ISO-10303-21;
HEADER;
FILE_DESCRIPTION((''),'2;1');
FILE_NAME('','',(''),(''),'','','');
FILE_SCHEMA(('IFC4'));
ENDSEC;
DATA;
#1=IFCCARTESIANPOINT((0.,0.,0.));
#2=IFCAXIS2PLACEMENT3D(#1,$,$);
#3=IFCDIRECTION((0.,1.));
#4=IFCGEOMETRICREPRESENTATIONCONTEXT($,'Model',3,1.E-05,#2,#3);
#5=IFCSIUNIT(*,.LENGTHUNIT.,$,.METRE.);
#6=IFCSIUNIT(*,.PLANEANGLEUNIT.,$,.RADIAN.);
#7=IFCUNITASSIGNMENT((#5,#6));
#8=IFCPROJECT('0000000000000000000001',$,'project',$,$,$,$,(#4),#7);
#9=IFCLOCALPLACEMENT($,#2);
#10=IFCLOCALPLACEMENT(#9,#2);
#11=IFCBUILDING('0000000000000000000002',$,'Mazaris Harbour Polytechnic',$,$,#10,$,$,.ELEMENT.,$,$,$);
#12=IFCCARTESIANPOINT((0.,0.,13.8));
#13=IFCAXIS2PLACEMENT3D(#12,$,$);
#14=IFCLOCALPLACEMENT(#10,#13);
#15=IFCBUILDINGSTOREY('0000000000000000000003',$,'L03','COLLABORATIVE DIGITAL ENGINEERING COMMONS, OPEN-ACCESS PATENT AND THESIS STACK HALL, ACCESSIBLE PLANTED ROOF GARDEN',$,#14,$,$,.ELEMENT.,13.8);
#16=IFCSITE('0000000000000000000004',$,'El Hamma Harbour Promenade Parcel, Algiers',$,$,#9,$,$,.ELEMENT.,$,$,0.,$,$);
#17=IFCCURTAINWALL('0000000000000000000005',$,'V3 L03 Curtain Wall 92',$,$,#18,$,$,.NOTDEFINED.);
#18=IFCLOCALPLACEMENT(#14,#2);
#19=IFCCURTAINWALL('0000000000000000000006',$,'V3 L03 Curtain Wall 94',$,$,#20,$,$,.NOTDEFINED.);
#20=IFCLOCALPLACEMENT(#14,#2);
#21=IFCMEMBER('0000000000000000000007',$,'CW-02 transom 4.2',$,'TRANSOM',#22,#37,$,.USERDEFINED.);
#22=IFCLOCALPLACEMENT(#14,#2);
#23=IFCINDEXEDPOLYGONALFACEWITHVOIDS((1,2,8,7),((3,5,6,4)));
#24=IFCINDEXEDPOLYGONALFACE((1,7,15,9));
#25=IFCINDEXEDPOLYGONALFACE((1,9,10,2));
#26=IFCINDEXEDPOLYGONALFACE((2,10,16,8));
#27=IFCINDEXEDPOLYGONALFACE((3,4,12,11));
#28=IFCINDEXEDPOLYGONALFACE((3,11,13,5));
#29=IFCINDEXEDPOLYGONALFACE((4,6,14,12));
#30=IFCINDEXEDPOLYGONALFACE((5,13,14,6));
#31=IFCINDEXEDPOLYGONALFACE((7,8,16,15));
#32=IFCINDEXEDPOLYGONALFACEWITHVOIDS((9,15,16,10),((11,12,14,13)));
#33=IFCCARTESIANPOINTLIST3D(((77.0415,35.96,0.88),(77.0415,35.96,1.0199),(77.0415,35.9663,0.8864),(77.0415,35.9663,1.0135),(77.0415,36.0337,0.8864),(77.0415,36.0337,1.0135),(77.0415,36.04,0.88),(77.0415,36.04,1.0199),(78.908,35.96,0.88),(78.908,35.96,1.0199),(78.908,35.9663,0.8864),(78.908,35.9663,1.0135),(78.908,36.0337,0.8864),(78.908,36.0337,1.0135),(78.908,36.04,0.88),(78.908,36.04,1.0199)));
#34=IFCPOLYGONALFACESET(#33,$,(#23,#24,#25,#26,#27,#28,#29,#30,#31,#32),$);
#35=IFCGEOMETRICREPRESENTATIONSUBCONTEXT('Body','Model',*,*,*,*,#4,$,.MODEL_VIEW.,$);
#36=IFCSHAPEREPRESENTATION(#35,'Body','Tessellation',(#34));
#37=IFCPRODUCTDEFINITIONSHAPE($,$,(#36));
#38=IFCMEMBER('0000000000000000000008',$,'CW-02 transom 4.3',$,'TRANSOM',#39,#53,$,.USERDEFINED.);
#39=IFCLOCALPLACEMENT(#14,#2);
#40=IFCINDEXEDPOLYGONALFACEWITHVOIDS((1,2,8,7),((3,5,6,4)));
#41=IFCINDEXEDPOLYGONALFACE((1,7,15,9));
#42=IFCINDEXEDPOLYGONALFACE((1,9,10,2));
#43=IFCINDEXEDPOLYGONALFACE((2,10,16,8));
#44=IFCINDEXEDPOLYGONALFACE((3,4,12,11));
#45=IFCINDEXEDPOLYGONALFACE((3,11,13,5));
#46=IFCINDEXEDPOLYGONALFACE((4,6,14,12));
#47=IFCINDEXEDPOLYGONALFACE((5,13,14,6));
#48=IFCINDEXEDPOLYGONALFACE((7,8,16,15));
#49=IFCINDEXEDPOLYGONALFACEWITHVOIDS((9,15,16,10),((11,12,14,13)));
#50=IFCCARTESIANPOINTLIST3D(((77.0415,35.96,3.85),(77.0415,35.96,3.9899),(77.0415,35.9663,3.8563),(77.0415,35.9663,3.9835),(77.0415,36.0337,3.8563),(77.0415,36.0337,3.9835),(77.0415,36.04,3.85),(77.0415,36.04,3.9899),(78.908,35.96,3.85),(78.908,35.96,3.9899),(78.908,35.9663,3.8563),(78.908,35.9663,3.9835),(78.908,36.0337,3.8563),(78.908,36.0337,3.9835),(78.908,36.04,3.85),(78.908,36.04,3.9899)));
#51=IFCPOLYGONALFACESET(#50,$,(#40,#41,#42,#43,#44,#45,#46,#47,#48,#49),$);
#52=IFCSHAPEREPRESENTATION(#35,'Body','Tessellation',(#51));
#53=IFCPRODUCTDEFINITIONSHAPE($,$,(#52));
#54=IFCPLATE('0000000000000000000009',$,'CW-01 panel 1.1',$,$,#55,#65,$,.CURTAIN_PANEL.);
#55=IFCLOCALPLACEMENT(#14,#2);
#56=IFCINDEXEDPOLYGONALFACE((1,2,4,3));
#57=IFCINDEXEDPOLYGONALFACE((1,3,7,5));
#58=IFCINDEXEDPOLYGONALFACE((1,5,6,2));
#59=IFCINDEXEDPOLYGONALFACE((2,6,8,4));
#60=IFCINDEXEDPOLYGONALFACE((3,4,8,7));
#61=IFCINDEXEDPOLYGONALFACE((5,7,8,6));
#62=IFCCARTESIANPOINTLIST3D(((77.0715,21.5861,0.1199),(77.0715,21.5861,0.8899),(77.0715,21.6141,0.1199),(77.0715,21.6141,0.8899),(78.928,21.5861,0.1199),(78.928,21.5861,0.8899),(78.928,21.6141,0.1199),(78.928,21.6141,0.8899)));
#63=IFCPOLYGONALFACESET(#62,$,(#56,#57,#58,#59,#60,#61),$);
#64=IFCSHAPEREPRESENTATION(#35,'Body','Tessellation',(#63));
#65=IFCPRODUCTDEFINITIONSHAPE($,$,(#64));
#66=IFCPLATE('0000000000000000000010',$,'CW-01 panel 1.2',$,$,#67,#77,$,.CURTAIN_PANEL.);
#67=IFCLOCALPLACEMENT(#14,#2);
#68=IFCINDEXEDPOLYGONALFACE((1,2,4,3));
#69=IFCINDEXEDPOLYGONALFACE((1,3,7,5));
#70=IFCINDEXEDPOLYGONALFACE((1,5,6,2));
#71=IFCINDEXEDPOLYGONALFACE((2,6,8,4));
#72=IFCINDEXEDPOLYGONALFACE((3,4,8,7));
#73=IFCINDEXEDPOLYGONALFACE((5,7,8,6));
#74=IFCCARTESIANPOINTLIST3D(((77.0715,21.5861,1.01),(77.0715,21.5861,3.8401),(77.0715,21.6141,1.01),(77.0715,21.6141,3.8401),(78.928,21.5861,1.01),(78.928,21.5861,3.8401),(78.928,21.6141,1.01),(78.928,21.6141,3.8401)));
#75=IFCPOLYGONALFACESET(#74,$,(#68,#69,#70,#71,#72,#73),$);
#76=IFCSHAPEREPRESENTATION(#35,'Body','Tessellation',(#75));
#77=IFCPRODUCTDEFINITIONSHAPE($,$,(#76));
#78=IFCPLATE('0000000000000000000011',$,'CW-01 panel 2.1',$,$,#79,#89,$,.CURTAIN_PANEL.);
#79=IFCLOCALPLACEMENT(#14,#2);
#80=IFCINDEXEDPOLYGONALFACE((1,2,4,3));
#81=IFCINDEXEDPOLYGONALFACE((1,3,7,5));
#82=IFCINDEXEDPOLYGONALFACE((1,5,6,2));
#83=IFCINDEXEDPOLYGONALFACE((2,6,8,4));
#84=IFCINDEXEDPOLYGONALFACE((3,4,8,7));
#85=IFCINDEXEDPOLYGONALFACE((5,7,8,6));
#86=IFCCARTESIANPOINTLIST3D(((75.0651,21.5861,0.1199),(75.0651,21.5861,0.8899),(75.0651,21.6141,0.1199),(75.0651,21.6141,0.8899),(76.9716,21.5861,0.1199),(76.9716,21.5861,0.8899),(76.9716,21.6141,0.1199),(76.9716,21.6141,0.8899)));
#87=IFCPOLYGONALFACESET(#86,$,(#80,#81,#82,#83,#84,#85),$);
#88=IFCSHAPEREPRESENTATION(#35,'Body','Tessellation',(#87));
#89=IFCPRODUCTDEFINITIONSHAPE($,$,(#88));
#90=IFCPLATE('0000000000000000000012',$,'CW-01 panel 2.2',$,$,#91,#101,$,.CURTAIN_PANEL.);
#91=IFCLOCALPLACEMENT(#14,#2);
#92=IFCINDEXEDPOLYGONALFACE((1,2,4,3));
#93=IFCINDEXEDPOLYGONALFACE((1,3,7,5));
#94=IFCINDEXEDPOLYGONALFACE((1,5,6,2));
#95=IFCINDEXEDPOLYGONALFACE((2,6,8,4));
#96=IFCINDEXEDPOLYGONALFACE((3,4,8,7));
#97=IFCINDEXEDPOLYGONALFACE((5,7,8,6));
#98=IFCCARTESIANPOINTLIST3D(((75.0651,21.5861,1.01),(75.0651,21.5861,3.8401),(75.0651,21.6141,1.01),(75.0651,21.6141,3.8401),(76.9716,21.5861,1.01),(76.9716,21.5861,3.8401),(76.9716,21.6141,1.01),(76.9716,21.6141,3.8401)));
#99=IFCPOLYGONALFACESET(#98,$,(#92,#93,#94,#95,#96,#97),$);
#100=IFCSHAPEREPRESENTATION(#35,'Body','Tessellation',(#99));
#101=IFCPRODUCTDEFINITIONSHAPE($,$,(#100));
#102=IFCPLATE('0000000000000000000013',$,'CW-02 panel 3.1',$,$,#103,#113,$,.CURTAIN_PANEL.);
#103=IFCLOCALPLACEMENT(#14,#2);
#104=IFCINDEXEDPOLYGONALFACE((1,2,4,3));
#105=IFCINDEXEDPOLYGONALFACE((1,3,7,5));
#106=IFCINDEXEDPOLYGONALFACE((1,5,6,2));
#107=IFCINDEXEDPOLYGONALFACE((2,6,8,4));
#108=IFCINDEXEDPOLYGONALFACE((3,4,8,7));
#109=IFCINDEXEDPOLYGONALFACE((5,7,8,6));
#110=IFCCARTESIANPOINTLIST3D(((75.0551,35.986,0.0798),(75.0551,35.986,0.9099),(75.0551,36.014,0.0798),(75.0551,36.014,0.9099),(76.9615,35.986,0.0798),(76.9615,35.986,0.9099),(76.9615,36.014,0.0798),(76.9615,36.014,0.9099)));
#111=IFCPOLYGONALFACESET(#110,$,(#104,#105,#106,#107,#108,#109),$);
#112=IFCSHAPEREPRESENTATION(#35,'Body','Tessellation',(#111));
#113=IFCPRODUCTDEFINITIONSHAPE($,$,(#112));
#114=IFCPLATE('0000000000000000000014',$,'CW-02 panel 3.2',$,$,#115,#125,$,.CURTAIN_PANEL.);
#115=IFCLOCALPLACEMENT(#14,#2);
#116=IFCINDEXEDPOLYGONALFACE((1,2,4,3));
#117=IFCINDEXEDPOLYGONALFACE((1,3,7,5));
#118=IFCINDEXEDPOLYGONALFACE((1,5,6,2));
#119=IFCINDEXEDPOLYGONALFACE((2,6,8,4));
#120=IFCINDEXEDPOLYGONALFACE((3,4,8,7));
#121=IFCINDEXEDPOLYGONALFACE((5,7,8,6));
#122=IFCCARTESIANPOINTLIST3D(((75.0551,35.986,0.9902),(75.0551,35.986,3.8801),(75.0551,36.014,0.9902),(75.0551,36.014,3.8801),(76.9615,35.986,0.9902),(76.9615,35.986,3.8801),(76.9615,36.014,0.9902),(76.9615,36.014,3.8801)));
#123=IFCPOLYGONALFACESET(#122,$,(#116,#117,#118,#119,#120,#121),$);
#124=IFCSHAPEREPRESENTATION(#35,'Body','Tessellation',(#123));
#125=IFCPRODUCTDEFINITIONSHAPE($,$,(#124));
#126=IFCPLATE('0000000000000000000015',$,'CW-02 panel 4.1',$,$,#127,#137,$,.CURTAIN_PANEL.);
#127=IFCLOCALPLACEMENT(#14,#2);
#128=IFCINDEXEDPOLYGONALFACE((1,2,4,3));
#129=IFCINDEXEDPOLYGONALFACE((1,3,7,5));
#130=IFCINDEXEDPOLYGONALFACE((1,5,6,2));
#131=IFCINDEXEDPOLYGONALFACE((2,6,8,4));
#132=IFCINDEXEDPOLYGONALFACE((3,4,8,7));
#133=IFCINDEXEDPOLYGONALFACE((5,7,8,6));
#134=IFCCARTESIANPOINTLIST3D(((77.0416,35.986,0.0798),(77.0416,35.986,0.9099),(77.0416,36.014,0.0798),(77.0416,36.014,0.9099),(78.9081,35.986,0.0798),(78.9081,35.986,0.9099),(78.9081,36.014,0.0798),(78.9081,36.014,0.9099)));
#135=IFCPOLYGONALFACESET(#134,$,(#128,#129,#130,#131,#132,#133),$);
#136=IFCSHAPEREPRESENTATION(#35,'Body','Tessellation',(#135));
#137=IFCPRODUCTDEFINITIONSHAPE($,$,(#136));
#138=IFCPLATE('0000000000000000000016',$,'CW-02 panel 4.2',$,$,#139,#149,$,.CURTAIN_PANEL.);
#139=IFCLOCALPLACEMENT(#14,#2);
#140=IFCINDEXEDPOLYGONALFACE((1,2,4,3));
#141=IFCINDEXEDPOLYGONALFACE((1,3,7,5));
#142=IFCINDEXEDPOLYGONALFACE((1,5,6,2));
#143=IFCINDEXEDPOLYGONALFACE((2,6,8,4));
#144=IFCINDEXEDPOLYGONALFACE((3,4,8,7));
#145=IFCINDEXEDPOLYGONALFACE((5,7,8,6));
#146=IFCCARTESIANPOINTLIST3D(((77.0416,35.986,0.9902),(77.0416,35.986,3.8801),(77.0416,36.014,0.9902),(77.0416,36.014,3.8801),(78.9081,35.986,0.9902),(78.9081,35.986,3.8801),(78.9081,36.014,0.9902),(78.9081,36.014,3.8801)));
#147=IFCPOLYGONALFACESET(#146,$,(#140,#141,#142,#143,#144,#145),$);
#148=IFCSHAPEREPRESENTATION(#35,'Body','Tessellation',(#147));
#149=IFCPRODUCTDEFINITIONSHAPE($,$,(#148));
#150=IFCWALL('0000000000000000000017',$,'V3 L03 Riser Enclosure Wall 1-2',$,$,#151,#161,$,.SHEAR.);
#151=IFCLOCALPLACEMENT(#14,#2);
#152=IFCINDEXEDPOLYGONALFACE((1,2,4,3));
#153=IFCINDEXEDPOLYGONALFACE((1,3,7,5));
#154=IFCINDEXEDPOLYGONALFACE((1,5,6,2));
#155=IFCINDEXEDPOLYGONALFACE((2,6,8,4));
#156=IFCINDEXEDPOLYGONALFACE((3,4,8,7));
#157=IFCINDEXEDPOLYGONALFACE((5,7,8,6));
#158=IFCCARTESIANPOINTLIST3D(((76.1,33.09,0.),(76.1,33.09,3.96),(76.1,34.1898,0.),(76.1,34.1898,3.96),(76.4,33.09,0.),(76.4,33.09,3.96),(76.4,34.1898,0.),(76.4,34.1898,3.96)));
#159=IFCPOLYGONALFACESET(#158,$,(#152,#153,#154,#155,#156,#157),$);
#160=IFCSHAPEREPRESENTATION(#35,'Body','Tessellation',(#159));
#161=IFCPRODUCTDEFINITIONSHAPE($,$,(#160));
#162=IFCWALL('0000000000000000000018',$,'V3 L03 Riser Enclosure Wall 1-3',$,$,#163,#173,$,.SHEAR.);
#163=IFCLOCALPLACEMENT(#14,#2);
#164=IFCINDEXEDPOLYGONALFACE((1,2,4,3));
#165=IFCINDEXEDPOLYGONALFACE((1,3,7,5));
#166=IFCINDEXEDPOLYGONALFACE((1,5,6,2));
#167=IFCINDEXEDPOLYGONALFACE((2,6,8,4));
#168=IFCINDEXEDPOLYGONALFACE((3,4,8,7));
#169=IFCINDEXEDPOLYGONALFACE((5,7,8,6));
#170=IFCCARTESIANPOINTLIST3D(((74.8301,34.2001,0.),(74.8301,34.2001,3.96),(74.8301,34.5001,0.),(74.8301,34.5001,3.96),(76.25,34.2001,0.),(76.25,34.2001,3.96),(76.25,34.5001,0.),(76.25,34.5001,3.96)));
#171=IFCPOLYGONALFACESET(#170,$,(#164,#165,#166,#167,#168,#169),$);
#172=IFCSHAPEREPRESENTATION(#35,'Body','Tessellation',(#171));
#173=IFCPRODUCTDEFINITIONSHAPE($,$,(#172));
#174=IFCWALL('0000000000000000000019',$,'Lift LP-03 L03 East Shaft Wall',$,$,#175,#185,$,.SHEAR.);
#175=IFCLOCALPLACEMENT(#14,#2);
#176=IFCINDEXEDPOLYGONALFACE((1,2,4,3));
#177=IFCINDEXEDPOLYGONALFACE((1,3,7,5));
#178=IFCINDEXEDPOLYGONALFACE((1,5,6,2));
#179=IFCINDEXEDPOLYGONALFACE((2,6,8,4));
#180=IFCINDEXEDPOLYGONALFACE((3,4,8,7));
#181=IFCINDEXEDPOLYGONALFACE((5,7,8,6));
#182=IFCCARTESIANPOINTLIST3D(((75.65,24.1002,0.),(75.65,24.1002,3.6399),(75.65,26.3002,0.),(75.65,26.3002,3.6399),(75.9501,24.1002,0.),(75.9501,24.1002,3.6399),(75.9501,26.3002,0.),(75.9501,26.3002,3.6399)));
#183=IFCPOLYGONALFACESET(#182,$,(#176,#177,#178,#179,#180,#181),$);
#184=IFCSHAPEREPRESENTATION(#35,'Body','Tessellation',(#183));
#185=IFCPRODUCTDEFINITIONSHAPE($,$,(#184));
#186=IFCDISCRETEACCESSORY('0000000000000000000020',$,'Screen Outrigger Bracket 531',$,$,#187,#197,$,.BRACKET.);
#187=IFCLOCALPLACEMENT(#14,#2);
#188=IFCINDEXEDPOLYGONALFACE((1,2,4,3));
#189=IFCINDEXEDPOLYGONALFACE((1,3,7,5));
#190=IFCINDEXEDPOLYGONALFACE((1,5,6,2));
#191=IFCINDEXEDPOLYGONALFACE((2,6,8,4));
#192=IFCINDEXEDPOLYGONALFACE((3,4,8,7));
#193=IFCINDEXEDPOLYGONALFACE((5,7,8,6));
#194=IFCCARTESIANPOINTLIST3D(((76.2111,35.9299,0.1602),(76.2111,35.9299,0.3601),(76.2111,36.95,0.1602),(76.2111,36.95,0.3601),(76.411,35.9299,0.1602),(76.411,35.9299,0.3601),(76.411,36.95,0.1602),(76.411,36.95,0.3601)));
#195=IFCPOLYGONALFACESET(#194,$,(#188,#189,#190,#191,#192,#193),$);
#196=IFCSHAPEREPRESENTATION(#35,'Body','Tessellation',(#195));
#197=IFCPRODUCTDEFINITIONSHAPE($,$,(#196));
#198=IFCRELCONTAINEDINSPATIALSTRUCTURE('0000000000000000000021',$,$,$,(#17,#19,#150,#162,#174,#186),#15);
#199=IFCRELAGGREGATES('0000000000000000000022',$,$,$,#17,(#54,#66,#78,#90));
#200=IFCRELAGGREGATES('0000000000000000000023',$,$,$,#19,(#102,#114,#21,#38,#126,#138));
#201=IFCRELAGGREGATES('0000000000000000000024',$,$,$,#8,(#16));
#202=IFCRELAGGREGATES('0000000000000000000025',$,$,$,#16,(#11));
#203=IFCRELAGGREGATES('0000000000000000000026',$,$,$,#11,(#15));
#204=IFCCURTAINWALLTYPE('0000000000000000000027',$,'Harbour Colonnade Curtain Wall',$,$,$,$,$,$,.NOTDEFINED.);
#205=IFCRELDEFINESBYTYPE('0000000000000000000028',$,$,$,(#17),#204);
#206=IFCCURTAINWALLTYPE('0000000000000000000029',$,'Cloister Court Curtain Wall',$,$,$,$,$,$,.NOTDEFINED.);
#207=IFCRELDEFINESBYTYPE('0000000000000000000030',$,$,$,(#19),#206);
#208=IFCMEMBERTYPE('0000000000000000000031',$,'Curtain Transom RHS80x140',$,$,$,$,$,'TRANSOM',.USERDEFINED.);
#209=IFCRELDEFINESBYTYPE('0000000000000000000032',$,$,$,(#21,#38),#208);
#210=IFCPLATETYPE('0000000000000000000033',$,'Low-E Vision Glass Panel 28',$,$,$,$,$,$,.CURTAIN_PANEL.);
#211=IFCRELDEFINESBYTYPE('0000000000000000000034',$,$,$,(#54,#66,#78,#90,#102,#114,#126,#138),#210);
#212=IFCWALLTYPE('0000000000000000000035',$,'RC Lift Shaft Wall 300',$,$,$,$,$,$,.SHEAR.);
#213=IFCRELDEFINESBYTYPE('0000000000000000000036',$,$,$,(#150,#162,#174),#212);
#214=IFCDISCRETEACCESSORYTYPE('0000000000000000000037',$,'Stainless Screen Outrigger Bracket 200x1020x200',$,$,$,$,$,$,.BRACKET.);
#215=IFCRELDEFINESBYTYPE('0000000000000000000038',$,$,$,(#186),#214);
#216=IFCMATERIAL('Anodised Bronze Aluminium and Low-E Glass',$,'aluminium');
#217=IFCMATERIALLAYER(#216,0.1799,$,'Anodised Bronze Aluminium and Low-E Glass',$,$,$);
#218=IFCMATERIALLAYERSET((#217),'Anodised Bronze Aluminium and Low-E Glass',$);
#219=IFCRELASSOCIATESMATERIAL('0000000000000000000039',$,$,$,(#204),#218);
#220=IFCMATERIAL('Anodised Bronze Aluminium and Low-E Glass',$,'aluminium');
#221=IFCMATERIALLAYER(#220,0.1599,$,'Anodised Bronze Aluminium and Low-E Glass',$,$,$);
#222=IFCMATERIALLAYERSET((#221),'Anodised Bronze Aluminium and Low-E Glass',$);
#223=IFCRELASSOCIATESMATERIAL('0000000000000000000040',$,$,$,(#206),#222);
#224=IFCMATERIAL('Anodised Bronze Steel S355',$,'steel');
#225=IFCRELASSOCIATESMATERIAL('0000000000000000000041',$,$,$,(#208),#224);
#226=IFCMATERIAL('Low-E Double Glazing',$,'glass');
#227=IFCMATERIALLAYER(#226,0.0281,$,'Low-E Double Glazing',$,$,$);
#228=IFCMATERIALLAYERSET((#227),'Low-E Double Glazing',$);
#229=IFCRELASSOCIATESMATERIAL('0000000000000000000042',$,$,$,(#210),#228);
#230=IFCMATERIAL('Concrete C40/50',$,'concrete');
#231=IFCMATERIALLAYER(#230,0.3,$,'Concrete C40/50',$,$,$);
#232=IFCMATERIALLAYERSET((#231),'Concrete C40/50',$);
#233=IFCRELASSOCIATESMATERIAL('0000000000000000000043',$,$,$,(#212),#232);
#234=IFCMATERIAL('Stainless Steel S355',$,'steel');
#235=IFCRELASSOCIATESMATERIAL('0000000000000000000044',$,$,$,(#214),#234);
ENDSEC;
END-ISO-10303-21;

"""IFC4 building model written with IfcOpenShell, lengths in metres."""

from ifc_helpers import new_model, si_unit, direction, frame, frame_2d, origin, origin_2d, place, context, subcontext, project, spatial, rectangle, hollow_rectangle, extrude, material, layer, layer_set, material_profile, profile_set, type_object, element, aggregate, save


model = new_model("IFC4")

# Units and contexts
model_context = context("Model", 3, precision=1e-05, world=origin(), true_north=direction((0.0, 1.0)))
body_context = subcontext(model_context, "Body", "Model", "MODEL_VIEW")
ifc_project = project(units=[si_unit("LENGTHUNIT", "METRE"), si_unit("PLANEANGLEUNIT", "RADIAN")], contexts=[model_context])

# Site, building, storey
site_placement = place(None, origin())
site = spatial("IfcSite", under=ifc_project, at=site_placement, Name="El Hamma Harbour Promenade Parcel, Algiers", CompositionType="ELEMENT", RefElevation=0.0)
building_placement = place(site_placement, origin())
building = spatial("IfcBuilding", under=site, at=building_placement, Name="Mazaris Harbour Polytechnic", CompositionType="ELEMENT")
storey_placement = place(building_placement, frame((0.0, 0.0, 13.8)))
storey = spatial("IfcBuildingStorey", under=building, at=storey_placement, Name="L03", Description="COLLABORATIVE DIGITAL ENGINEERING COMMONS, OPEN-ACCESS PATENT AND THESIS STACK HALL, ACCESSIBLE PLANTED ROOF GARDEN", CompositionType="ELEMENT", Elevation=13.8)

# Curtain walls
ifc_material_1 = material(Name="Anodised Bronze Aluminium and Low-E Glass", Category="aluminium")
ifc_layer_1 = layer(ifc_material_1, 0.1799, Name="Anodised Bronze Aluminium and Low-E Glass")
ifc_layer_set_1 = layer_set([ifc_layer_1], Name="Anodised Bronze Aluminium and Low-E Glass")
curtain_wall_type_1 = type_object("IfcCurtainWallType", Name="Harbour Colonnade Curtain Wall", PredefinedType="NOTDEFINED", material=ifc_layer_set_1)
curtain_wall_1_placement = place(storey_placement, origin())
curtain_wall_1 = element("IfcCurtainWall", 1, at=curtain_wall_1_placement, inside=storey, type_object=curtain_wall_type_1, Name="V3 L03 Curtain Wall 92", PredefinedType="NOTDEFINED")
ifc_material_2 = material(Name="Anodised Bronze Aluminium and Low-E Glass", Category="aluminium")
ifc_layer_2 = layer(ifc_material_2, 0.1599, Name="Anodised Bronze Aluminium and Low-E Glass")
ifc_layer_set_2 = layer_set([ifc_layer_2], Name="Anodised Bronze Aluminium and Low-E Glass")
curtain_wall_type_2 = type_object("IfcCurtainWallType", Name="Cloister Court Curtain Wall", PredefinedType="NOTDEFINED", material=ifc_layer_set_2)
curtain_wall_2_placement = place(storey_placement, origin())
curtain_wall_2 = element("IfcCurtainWall", 2, at=curtain_wall_2_placement, inside=storey, type_object=curtain_wall_type_2, Name="V3 L03 Curtain Wall 94", PredefinedType="NOTDEFINED")

# Members
ifc_material_3 = material(Name="Anodised Bronze Steel S355", Category="steel")
ifc_material_profile_1 = material_profile(ifc_material_3, hollow_rectangle(XDim=0.0801, YDim=0.1399, WallThickness=0.0063, at=origin_2d()), Name="RHS 80x140x6.3")
ifc_profile_set_1 = profile_set([ifc_material_profile_1], Name="Anodised Bronze Steel S355")
member_type_1 = type_object("IfcMemberType", Name="Curtain Transom RHS80x140", ElementType="TRANSOM", PredefinedType="USERDEFINED", material=ifc_profile_set_1)
member_1_placement = place(storey_placement, frame((77.0415, 36.0, 0.95), z_axis=(1.0, 0.0, 0.0), x_axis=(0.0, 1.0, 0.0)))
member_1 = element("IfcMember", 3, at=member_1_placement, type_object=member_type_1, Name="CW-02 transom 4.2", ObjectType="TRANSOM", PredefinedType="USERDEFINED", context=body_context, shape_type="SweptSolid", body=[
    extrude(hollow_rectangle(XDim=0.0801, YDim=0.1399, WallThickness=0.0063, at=origin_2d()), origin(), (0.0, 0.0, 1.0), 1.8665),
])
member_2_placement = place(storey_placement, frame((77.0415, 36.0, 3.9199), z_axis=(1.0, 0.0, 0.0), x_axis=(0.0, 1.0, 0.0)))
member_2 = element("IfcMember", 4, at=member_2_placement, type_object=member_type_1, Name="CW-02 transom 4.3", ObjectType="TRANSOM", PredefinedType="USERDEFINED", context=body_context, shape_type="SweptSolid", body=[
    extrude(hollow_rectangle(XDim=0.0801, YDim=0.1399, WallThickness=0.0063, at=origin_2d()), origin(), (0.0, 0.0, 1.0), 1.8665),
])

# Plates
ifc_material_4 = material(Name="Low-E Double Glazing", Category="glass")
ifc_layer_3 = layer(ifc_material_4, 0.0281, Name="Low-E Double Glazing")
ifc_layer_set_3 = layer_set([ifc_layer_3], Name="Low-E Double Glazing")
plate_type = type_object("IfcPlateType", Name="Low-E Vision Glass Panel 28", PredefinedType="CURTAIN_PANEL", material=ifc_layer_set_3)
plate_1_placement = place(storey_placement, frame((77.9998, 21.6001, 0.1199), z_axis=(0.0, 0.0, 1.0), x_axis=(-1.0, 0.0, 0.0)))
plate_1 = element("IfcPlate", 5, at=plate_1_placement, type_object=plate_type, Name="CW-01 panel 1.1", PredefinedType="CURTAIN_PANEL", context=body_context, shape_type="SweptSolid", body=[
    extrude(rectangle(XDim=1.8564, YDim=0.0281, at=origin_2d()), origin(), (0.0, 0.0, 1.0), 0.77),
])
plate_2_placement = place(storey_placement, frame((77.9998, 21.6001, 1.01), z_axis=(0.0, 0.0, 1.0), x_axis=(-1.0, 0.0, 0.0)))
plate_2 = element("IfcPlate", 6, at=plate_2_placement, type_object=plate_type, Name="CW-01 panel 1.2", PredefinedType="CURTAIN_PANEL", context=body_context, shape_type="SweptSolid", body=[
    extrude(rectangle(XDim=1.8564, YDim=0.0281, at=origin_2d()), origin(), (0.0, 0.0, 1.0), 2.8301),
])
plate_3_placement = place(storey_placement, frame((76.0183, 21.6001, 0.1199), z_axis=(0.0, 0.0, 1.0), x_axis=(-1.0, 0.0, 0.0)))
plate_3 = element("IfcPlate", 7, at=plate_3_placement, type_object=plate_type, Name="CW-01 panel 2.1", PredefinedType="CURTAIN_PANEL", context=body_context, shape_type="SweptSolid", body=[
    extrude(rectangle(XDim=1.9065, YDim=0.0281, at=origin_2d()), origin(), (0.0, 0.0, 1.0), 0.77),
])
plate_4_placement = place(storey_placement, frame((76.0183, 21.6001, 1.01), z_axis=(0.0, 0.0, 1.0), x_axis=(-1.0, 0.0, 0.0)))
plate_4 = element("IfcPlate", 8, at=plate_4_placement, type_object=plate_type, Name="CW-01 panel 2.2", PredefinedType="CURTAIN_PANEL", context=body_context, shape_type="SweptSolid", body=[
    extrude(rectangle(XDim=1.9065, YDim=0.0281, at=origin_2d()), origin(), (0.0, 0.0, 1.0), 2.8301),
])
aggregate(curtain_wall_1, [plate_1, plate_2, plate_3, plate_4])
plate_5_placement = place(storey_placement, frame((76.0083, 36.0, 0.0798), z_axis=(0.0, 0.0, 1.0), x_axis=(1.0, 0.0, 0.0)))
plate_5 = element("IfcPlate", 9, at=plate_5_placement, type_object=plate_type, Name="CW-02 panel 3.1", PredefinedType="CURTAIN_PANEL", context=body_context, shape_type="SweptSolid", body=[
    extrude(rectangle(XDim=1.9065, YDim=0.0281, at=origin_2d()), origin(), (0.0, 0.0, 1.0), 0.8301),
])
plate_6_placement = place(storey_placement, frame((76.0083, 36.0, 0.9902), z_axis=(0.0, 0.0, 1.0), x_axis=(1.0, 0.0, 0.0)))
plate_6 = element("IfcPlate", 10, at=plate_6_placement, type_object=plate_type, Name="CW-02 panel 3.2", PredefinedType="CURTAIN_PANEL", context=body_context, shape_type="SweptSolid", body=[
    extrude(rectangle(XDim=1.9065, YDim=0.0281, at=origin_2d()), origin(), (0.0, 0.0, 1.0), 2.8899),
])
plate_7_placement = place(storey_placement, frame((77.9749, 36.0, 0.0798), z_axis=(0.0, 0.0, 1.0), x_axis=(1.0, 0.0, 0.0)))
plate_7 = element("IfcPlate", 11, at=plate_7_placement, type_object=plate_type, Name="CW-02 panel 4.1", PredefinedType="CURTAIN_PANEL", context=body_context, shape_type="SweptSolid", body=[
    extrude(rectangle(XDim=1.8665, YDim=0.0281, at=origin_2d()), origin(), (0.0, 0.0, 1.0), 0.8301),
])
plate_8_placement = place(storey_placement, frame((77.9749, 36.0, 0.9902), z_axis=(0.0, 0.0, 1.0), x_axis=(1.0, 0.0, 0.0)))
plate_8 = element("IfcPlate", 12, at=plate_8_placement, type_object=plate_type, Name="CW-02 panel 4.2", PredefinedType="CURTAIN_PANEL", context=body_context, shape_type="SweptSolid", body=[
    extrude(rectangle(XDim=1.8665, YDim=0.0281, at=origin_2d()), origin(), (0.0, 0.0, 1.0), 2.8899),
])
aggregate(curtain_wall_2, [plate_5, plate_6, member_1, member_2, plate_7, plate_8])

# Walls
ifc_material_5 = material(Name="Concrete C40/50", Category="concrete")
ifc_layer_4 = layer(ifc_material_5, 0.3, Name="Concrete C40/50")
ifc_layer_set_4 = layer_set([ifc_layer_4], Name="Concrete C40/50")
wall_type = type_object("IfcWallType", Name="RC Lift Shaft Wall 300", PredefinedType="SHEAR", material=ifc_layer_set_4)
wall_1_placement = place(storey_placement, frame((76.25, 33.0901, 0.0), z_axis=(0.0, 0.0, 1.0), x_axis=(0.0, 1.0, 0.0)))
element("IfcWall", 13, at=wall_1_placement, inside=storey, type_object=wall_type, Name="V3 L03 Riser Enclosure Wall 1-2", PredefinedType="SHEAR", context=body_context, shape_type="SweptSolid", body=[
    extrude(rectangle(XDim=1.0999, YDim=0.3, at=frame_2d((0.5498, 0.0))), origin(), (0.0, 0.0, 1.0), 3.96),
])
wall_2_placement = place(storey_placement, frame((76.25, 34.3501, 0.0), z_axis=(0.0, 0.0, 1.0), x_axis=(-1.0, 0.0, 0.0)))
element("IfcWall", 14, at=wall_2_placement, inside=storey, type_object=wall_type, Name="V3 L03 Riser Enclosure Wall 1-3", PredefinedType="SHEAR", context=body_context, shape_type="SweptSolid", body=[
    extrude(rectangle(XDim=1.4199, YDim=0.3, at=frame_2d((0.71, 0.0))), origin(), (0.0, 0.0, 1.0), 3.96),
])
wall_3_placement = place(storey_placement, frame((75.8, 24.1001, 0.0), z_axis=(0.0, 0.0, 1.0), x_axis=(0.0, 1.0, 0.0)))
element("IfcWall", 15, at=wall_3_placement, inside=storey, type_object=wall_type, Name="Lift LP-03 L03 East Shaft Wall", PredefinedType="SHEAR", context=body_context, shape_type="SweptSolid", body=[
    extrude(rectangle(XDim=2.2, YDim=0.3, at=frame_2d((1.1001, 0.0))), origin(), (0.0, 0.0, 1.0), 3.6399),
])

# Discrete accessory
ifc_material_6 = material(Name="Stainless Steel S355", Category="steel")
discrete_accessory_type = type_object("IfcDiscreteAccessoryType", Name="Stainless Screen Outrigger Bracket 200x1020x200", PredefinedType="BRACKET", material=ifc_material_6)
for number, where, z_axis, x_axis, name in (
    (16, (76.311, 36.4399, 0.1602), (0.0, 0.0, 1.0), (1.0, 0.0, 0.0), "Screen Outrigger Bracket 531"),
):
    element("IfcDiscreteAccessory", number, at=place(storey_placement, frame(where, z_axis=z_axis, x_axis=x_axis)), inside=storey, type_object=discrete_accessory_type, Name=name, PredefinedType="BRACKET", context=body_context, shape_type="SweptSolid", body=[
        extrude(rectangle(XDim=0.2, YDim=1.02, at=origin_2d()), origin(), (0.0, 0.0, 1.0), 0.2),
    ])

save(model, "model.ifc")
